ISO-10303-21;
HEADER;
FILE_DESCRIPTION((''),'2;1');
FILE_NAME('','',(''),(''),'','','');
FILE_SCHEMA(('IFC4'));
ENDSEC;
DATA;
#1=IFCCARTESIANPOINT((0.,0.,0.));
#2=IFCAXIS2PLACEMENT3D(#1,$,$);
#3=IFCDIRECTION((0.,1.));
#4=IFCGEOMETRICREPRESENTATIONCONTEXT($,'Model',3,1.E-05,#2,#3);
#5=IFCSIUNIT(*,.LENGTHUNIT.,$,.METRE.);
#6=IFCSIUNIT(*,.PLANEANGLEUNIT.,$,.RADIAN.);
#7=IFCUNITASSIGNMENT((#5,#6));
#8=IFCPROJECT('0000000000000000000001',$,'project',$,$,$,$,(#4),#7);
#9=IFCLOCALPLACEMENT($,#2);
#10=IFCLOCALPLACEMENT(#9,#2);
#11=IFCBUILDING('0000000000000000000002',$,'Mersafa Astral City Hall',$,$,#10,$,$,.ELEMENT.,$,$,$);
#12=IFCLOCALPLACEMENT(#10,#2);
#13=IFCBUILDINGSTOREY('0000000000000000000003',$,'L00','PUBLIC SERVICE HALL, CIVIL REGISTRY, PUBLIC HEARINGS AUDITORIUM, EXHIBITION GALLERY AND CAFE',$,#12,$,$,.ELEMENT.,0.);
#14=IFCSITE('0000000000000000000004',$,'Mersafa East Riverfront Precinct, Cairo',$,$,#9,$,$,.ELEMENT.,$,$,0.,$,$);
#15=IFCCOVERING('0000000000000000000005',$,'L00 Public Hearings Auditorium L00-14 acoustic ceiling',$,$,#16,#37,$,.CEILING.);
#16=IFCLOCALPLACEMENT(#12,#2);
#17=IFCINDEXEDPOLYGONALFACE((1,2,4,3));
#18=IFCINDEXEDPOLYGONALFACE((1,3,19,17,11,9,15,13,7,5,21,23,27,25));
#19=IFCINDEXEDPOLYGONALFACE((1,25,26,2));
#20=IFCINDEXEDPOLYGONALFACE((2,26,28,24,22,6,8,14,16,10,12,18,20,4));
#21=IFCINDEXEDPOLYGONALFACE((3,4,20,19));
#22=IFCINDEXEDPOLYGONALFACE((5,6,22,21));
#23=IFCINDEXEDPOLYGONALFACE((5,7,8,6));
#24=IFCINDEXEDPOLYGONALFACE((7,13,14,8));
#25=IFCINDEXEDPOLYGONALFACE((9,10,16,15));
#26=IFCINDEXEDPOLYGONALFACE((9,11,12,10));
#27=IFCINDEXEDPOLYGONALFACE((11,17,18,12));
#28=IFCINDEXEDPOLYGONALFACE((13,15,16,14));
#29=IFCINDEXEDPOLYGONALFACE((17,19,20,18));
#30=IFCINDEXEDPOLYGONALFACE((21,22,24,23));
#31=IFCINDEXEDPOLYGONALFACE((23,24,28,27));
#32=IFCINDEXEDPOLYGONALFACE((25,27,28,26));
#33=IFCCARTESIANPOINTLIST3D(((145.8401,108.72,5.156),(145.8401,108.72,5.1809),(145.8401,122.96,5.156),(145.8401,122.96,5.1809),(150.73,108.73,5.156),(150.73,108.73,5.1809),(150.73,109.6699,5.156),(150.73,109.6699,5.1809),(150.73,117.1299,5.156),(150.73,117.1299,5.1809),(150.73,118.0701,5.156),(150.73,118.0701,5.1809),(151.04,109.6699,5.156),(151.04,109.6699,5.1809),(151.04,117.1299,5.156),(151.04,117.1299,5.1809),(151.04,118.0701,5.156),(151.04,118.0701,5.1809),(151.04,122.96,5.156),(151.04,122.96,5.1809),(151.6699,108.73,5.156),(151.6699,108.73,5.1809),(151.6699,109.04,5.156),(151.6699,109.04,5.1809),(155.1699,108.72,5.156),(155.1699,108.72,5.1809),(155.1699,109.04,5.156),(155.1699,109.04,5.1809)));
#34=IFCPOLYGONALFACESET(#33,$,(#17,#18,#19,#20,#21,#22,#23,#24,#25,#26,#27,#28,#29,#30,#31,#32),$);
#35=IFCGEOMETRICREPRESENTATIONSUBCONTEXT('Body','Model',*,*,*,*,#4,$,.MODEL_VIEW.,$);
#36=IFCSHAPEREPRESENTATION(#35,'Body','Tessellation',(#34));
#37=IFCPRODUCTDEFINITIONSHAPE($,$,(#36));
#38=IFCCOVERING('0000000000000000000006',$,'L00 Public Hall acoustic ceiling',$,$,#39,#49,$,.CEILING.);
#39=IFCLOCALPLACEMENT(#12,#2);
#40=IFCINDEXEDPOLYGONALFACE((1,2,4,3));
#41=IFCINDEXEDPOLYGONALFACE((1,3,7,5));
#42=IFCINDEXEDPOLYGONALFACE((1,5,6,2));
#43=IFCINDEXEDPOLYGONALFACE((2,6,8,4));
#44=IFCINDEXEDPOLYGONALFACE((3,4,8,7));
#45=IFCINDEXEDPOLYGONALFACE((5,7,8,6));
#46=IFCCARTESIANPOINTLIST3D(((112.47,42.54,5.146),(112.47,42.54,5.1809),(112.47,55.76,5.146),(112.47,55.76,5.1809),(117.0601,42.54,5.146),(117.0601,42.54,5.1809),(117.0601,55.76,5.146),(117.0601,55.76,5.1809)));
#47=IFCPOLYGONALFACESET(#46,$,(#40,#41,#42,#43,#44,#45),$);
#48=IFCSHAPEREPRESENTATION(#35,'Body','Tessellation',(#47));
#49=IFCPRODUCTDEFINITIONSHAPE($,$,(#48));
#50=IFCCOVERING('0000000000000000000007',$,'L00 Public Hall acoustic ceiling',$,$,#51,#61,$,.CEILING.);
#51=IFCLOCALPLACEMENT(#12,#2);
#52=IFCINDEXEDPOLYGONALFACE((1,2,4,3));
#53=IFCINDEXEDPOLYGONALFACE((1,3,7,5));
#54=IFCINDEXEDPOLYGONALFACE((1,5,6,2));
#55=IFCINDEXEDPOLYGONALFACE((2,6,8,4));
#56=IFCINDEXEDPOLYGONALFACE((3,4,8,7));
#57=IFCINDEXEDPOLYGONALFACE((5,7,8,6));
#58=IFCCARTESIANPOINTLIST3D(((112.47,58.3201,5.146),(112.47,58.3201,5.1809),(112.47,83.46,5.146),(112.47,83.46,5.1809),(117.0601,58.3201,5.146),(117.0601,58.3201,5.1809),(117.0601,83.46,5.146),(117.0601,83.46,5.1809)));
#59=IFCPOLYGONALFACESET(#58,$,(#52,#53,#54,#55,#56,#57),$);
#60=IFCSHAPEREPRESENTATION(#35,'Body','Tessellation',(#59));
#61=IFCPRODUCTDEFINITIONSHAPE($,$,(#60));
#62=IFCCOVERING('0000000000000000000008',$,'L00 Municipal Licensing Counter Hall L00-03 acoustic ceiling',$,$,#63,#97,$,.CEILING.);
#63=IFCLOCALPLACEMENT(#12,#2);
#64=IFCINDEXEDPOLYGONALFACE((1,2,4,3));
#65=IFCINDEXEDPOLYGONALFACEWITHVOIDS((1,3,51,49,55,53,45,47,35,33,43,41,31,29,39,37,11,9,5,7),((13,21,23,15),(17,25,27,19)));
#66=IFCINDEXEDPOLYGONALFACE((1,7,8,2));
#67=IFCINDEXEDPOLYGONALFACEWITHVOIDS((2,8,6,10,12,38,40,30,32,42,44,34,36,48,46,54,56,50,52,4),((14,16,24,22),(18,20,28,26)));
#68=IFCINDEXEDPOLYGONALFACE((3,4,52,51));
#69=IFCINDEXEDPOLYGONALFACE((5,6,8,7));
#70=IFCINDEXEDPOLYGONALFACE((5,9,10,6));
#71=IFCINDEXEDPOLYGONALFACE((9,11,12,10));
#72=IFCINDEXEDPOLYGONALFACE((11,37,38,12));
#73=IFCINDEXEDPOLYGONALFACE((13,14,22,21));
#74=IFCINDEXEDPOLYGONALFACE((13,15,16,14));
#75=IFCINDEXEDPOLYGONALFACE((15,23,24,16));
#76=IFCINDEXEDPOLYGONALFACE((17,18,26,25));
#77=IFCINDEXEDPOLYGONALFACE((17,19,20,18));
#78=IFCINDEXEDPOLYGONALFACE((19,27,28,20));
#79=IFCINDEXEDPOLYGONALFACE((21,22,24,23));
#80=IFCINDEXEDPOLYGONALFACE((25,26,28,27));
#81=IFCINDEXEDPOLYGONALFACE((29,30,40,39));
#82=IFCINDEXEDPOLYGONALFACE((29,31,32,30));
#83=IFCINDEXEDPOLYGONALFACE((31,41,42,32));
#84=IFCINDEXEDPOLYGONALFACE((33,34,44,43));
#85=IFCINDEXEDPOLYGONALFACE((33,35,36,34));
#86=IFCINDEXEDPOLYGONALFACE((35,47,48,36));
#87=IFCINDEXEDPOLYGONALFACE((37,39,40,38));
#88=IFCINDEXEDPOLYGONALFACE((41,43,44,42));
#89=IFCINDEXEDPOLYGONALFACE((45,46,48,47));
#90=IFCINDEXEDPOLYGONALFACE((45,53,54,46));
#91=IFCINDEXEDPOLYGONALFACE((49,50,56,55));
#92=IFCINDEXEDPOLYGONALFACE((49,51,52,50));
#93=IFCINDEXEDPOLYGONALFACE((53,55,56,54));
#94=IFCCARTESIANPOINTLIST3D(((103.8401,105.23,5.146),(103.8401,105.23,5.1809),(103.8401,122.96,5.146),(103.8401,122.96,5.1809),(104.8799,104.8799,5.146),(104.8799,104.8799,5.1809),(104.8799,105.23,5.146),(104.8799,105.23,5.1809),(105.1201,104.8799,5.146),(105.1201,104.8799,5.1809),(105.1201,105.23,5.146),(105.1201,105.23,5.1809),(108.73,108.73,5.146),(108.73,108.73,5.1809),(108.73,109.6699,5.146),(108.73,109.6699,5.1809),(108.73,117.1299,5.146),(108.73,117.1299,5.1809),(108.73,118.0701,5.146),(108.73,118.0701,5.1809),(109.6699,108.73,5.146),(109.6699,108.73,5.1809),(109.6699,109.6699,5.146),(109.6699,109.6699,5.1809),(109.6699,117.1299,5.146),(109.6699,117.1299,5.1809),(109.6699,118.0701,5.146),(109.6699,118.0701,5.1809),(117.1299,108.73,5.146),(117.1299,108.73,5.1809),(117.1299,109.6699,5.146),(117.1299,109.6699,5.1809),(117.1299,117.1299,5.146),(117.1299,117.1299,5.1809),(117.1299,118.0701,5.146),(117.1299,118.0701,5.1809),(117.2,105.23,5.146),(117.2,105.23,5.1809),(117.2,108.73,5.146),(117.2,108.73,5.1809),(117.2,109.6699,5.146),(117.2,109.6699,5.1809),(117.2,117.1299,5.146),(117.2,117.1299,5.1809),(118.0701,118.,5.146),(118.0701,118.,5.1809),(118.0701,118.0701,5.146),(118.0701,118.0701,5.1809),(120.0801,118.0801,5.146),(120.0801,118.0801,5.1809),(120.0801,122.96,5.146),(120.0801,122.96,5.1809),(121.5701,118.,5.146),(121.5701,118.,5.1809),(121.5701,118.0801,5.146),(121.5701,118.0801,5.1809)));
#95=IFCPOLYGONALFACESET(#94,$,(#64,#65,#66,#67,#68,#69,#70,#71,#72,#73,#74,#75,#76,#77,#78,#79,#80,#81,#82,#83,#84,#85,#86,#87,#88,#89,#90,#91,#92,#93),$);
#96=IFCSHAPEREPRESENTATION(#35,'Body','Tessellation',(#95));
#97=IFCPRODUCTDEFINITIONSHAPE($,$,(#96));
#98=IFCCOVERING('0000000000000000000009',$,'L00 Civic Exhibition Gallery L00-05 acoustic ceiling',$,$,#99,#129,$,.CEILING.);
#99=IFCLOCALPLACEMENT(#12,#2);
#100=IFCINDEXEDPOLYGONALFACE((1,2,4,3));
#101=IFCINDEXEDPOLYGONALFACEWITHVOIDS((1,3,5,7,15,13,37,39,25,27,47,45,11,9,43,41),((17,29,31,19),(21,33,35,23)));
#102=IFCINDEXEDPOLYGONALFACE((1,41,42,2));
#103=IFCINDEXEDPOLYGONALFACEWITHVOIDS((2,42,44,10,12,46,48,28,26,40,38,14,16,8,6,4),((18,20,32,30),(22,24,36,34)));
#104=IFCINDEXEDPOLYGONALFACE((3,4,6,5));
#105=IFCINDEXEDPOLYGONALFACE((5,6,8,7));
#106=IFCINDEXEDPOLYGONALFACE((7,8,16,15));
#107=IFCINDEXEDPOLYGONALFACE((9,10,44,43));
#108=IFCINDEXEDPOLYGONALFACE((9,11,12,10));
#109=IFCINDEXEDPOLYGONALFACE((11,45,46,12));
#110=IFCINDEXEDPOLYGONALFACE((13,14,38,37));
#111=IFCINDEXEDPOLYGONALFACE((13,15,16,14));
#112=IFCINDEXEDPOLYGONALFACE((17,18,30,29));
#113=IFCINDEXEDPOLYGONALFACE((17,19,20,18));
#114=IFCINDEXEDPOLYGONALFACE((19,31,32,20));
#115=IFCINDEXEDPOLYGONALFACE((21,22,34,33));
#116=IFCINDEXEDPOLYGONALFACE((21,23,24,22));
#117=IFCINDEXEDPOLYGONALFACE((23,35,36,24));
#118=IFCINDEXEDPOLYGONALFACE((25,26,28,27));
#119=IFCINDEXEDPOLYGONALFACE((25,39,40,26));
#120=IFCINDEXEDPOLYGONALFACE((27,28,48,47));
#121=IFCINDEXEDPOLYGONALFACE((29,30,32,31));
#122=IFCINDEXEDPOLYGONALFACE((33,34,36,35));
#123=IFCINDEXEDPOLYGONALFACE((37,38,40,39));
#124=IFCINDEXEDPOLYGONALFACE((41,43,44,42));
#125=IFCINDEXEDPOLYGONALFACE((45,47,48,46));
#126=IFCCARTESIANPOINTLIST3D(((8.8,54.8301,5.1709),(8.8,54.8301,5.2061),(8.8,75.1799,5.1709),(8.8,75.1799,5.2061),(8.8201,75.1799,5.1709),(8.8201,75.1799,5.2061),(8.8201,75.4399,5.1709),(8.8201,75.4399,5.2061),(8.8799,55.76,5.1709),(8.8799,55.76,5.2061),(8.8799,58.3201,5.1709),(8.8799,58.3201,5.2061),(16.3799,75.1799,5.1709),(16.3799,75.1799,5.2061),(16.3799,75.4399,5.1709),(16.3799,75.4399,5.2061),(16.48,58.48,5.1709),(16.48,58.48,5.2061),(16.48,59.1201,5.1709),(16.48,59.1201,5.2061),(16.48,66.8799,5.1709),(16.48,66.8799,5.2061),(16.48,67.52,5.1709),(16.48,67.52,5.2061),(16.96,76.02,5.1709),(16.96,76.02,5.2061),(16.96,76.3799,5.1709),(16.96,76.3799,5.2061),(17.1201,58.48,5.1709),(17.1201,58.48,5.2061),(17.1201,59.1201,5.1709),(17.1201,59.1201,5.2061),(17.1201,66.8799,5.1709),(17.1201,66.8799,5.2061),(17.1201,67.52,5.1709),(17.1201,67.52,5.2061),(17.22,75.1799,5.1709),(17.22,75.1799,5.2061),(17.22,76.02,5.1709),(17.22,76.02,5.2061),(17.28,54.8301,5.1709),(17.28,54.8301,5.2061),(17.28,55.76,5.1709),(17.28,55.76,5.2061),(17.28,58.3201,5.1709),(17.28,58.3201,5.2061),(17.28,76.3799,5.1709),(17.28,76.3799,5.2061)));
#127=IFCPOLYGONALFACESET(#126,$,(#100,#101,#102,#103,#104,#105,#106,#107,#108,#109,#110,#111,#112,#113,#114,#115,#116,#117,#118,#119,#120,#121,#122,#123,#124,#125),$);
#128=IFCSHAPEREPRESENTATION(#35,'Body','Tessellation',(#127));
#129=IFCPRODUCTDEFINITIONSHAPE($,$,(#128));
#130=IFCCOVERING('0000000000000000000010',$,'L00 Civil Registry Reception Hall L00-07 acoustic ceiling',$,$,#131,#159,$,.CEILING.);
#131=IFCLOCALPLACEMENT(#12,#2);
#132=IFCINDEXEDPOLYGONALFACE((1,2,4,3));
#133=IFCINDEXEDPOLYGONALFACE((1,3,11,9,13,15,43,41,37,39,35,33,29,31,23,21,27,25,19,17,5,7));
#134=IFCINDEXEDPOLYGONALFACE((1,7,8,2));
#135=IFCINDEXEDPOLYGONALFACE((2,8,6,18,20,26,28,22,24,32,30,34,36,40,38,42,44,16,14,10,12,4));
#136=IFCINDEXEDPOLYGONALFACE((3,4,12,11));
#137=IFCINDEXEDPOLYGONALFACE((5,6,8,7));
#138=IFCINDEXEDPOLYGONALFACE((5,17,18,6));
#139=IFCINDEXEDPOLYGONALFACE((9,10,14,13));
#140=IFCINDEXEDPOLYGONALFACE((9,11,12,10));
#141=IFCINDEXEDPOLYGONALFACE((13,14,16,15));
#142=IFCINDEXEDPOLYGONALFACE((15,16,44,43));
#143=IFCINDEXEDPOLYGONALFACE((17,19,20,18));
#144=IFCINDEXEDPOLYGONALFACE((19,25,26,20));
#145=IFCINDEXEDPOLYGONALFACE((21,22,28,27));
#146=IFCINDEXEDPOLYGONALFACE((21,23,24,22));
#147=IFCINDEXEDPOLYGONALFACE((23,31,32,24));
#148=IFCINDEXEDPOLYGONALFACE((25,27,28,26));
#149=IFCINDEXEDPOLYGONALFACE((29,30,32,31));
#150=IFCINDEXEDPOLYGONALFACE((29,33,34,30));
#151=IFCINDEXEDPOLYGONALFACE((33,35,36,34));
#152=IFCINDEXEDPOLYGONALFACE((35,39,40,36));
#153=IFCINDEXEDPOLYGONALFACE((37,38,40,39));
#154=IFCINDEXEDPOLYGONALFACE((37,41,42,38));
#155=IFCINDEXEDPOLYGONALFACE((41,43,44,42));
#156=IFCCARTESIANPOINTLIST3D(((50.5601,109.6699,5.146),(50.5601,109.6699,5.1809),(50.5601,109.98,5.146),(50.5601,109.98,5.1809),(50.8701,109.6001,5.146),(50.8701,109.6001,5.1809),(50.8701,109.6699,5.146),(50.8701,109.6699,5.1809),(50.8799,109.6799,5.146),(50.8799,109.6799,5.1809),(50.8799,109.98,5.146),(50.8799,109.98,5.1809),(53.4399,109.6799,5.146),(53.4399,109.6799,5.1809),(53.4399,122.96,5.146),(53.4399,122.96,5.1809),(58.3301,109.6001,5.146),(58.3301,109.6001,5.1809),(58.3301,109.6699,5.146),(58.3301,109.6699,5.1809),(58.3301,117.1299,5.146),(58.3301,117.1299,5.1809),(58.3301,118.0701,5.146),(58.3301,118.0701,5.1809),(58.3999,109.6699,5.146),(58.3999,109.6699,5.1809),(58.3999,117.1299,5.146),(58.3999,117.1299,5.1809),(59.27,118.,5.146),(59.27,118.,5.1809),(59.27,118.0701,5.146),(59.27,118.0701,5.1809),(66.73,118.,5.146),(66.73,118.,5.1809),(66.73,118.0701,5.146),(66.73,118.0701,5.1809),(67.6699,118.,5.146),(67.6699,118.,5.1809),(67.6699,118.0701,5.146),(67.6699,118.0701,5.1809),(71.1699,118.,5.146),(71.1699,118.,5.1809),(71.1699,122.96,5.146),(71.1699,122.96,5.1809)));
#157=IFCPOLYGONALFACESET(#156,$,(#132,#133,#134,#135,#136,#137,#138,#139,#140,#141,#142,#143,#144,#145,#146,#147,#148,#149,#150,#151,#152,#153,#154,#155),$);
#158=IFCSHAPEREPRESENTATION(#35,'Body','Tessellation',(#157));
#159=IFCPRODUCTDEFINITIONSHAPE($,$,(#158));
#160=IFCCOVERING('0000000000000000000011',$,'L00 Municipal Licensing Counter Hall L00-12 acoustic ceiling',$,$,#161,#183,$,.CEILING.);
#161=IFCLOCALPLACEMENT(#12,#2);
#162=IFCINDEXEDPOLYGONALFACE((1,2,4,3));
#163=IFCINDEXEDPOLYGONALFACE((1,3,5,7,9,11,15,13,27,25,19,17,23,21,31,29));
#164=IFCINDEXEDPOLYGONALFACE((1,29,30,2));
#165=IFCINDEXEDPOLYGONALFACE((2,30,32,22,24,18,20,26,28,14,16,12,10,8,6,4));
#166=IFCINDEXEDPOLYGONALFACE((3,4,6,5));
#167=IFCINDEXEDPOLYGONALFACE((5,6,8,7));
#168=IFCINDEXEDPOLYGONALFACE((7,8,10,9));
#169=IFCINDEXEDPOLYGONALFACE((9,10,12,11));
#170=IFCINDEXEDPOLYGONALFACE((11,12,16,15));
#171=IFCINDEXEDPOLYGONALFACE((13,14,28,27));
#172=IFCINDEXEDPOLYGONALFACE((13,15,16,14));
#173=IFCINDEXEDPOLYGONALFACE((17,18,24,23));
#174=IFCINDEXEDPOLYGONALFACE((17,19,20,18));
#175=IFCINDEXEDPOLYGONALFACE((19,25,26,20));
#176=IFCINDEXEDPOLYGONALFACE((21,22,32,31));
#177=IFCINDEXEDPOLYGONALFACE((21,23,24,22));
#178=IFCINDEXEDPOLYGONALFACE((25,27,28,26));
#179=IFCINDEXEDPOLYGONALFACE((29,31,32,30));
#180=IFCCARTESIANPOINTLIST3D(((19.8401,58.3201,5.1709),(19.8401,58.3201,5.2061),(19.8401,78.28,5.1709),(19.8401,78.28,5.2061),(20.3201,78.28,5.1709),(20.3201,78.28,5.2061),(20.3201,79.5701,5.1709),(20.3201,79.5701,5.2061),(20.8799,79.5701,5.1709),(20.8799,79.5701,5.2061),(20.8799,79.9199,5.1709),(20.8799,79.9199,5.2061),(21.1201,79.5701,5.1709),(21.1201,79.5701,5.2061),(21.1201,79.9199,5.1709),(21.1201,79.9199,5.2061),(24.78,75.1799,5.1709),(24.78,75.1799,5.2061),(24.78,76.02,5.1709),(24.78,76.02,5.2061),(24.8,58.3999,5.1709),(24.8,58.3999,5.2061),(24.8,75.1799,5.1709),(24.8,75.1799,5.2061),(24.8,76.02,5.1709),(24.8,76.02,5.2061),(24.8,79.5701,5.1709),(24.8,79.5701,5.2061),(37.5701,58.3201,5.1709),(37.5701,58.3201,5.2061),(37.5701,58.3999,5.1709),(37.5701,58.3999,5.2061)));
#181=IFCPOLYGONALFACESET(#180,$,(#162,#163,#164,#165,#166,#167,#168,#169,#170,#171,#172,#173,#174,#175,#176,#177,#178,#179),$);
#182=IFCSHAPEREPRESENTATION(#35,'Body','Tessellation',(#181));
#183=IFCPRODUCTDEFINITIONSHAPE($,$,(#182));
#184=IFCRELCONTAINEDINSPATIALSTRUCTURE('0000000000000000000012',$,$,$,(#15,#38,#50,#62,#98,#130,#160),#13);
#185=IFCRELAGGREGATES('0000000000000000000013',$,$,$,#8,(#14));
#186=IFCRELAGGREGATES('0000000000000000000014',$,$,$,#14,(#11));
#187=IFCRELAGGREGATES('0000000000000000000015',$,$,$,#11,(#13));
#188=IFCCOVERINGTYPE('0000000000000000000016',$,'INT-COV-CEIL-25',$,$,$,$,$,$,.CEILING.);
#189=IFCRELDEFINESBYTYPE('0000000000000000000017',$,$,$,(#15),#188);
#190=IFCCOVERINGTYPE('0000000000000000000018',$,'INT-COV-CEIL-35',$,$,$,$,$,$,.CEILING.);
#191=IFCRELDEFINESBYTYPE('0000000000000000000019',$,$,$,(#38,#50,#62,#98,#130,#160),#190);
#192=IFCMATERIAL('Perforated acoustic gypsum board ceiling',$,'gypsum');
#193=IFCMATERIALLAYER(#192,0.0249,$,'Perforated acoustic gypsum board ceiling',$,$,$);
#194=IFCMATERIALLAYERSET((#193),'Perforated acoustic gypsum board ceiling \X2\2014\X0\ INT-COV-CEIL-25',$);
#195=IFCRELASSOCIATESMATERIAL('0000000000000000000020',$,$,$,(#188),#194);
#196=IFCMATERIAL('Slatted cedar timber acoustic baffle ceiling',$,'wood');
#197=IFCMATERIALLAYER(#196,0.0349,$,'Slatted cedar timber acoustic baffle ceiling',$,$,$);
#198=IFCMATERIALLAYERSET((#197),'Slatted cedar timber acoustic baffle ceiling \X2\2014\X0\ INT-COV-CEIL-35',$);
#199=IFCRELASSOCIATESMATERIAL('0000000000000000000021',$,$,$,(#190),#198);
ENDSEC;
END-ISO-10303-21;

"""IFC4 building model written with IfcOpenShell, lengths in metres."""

from ifc_helpers import new_model, si_unit, direction, frame, origin, place, context, subcontext, project, spatial, polyline, outline, extrude, material, layer, layer_set, type_object, element, save


model = new_model("IFC4")

# Units and contexts
model_context = context("Model", 3, precision=1e-05, world=origin(), true_north=direction((0.0, 1.0)))
body_context = subcontext(model_context, "Body", "Model", "MODEL_VIEW")
ifc_project = project(units=[si_unit("LENGTHUNIT", "METRE"), si_unit("PLANEANGLEUNIT", "RADIAN")], contexts=[model_context])

# Site, building, storey
site_placement = place(None, origin())
site = spatial("IfcSite", under=ifc_project, at=site_placement, Name="Mersafa East Riverfront Precinct, Cairo", CompositionType="ELEMENT", RefElevation=0.0)
building_placement = place(site_placement, origin())
building = spatial("IfcBuilding", under=site, at=building_placement, Name="Mersafa Astral City Hall", CompositionType="ELEMENT")
storey_placement = place(building_placement, origin())
storey = spatial("IfcBuildingStorey", under=building, at=storey_placement, Name="L00", Description="PUBLIC SERVICE HALL, CIVIL REGISTRY, PUBLIC HEARINGS AUDITORIUM, EXHIBITION GALLERY AND CAFE", CompositionType="ELEMENT", Elevation=0.0)

# Coverings
ifc_material_1 = material(Name="Perforated acoustic gypsum board ceiling", Category="gypsum")
ifc_layer_1 = layer(ifc_material_1, 0.0249, Name="Perforated acoustic gypsum board ceiling")
ifc_layer_set_1 = layer_set([ifc_layer_1], Name="Perforated acoustic gypsum board ceiling — INT-COV-CEIL-25")
covering_type_1 = type_object("IfcCoveringType", Name="INT-COV-CEIL-25", PredefinedType="CEILING", material=ifc_layer_set_1)
covering_1_placement = place(storey_placement, frame((0.0, 0.0, 5.156)))
element("IfcCovering", 1, at=covering_1_placement, inside=storey, type_object=covering_type_1, Name="L00 Public Hearings Auditorium L00-14 acoustic ceiling", PredefinedType="CEILING", context=body_context, shape_type="SweptSolid", body=[
    extrude(outline(polyline([(151.04, 122.96), (151.04, 118.0701), (150.73, 118.0701), (150.73, 117.1299), (151.04, 117.1299), (151.04, 109.6699), (150.73, 109.6699), (150.73, 108.73), (151.6699, 108.73), (151.6699, 109.04), (155.1699, 109.04), (155.1699, 108.72), (145.8401, 108.72), (145.8401, 122.96), (151.04, 122.96)])), origin(), (0.0, 0.0, 1.0), 0.0249),
])
ifc_material_2 = material(Name="Slatted cedar timber acoustic baffle ceiling", Category="wood")
ifc_layer_2 = layer(ifc_material_2, 0.0349, Name="Slatted cedar timber acoustic baffle ceiling")
ifc_layer_set_2 = layer_set([ifc_layer_2], Name="Slatted cedar timber acoustic baffle ceiling — INT-COV-CEIL-35")
covering_type_2 = type_object("IfcCoveringType", Name="INT-COV-CEIL-35", PredefinedType="CEILING", material=ifc_layer_set_2)
covering_2_placement = place(storey_placement, frame((0.0, 0.0, 5.146)))
element("IfcCovering", 2, at=covering_2_placement, inside=storey, type_object=covering_type_2, Name="L00 Public Hall acoustic ceiling", PredefinedType="CEILING", context=body_context, shape_type="SweptSolid", body=[
    extrude(outline(polyline([(112.47, 42.54), (112.47, 55.76), (117.0601, 55.76), (117.0601, 42.54), (112.47, 42.54)])), origin(), (0.0, 0.0, 1.0), 0.0349),
])
covering_3_placement = place(storey_placement, frame((0.0, 0.0, 5.146)))
element("IfcCovering", 3, at=covering_3_placement, inside=storey, type_object=covering_type_2, Name="L00 Public Hall acoustic ceiling", PredefinedType="CEILING", context=body_context, shape_type="SweptSolid", body=[
    extrude(outline(polyline([(112.47, 58.3201), (112.47, 83.46), (117.0601, 83.46), (117.0601, 58.3201), (112.47, 58.3201)])), origin(), (0.0, 0.0, 1.0), 0.0349),
])
covering_4_placement = place(storey_placement, frame((0.0, 0.0, 5.146)))
element("IfcCovering", 4, at=covering_4_placement, inside=storey, type_object=covering_type_2, Name="L00 Municipal Licensing Counter Hall L00-03 acoustic ceiling", PredefinedType="CEILING", context=body_context, shape_type="SweptSolid", body=[
    extrude(outline(polyline([(117.2, 105.23), (105.1201, 105.23), (105.1201, 104.8799), (104.8799, 104.8799), (104.8799, 105.23), (103.8401, 105.23), (103.8401, 122.96), (120.0801, 122.96), (120.0801, 118.0801), (121.5701, 118.0801), (121.5701, 118.0), (118.0701, 118.0), (118.0701, 118.0701), (117.1299, 118.0701), (117.1299, 117.1299), (117.2, 117.1299), (117.2, 109.6699), (117.1299, 109.6699), (117.1299, 108.73), (117.2, 108.73), (117.2, 105.23)]), holes=[polyline([(109.6699, 108.73), (109.6699, 109.6699), (108.73, 109.6699), (108.73, 108.73), (109.6699, 108.73)]), polyline([(108.73, 117.1299), (109.6699, 117.1299), (109.6699, 118.0701), (108.73, 118.0701), (108.73, 117.1299)])]), origin(), (0.0, 0.0, 1.0), 0.0349),
])
covering_5_placement = place(storey_placement, frame((0.0, 0.0, 5.1709)))
element("IfcCovering", 5, at=covering_5_placement, inside=storey, type_object=covering_type_2, Name="L00 Civic Exhibition Gallery L00-05 acoustic ceiling", PredefinedType="CEILING", context=body_context, shape_type="SweptSolid", body=[
    extrude(outline(polyline([(8.8201, 75.1799), (8.8201, 75.4399), (16.3799, 75.4399), (16.3799, 75.1799), (17.22, 75.1799), (17.22, 76.02), (16.96, 76.02), (16.96, 76.3799), (17.28, 76.3799), (17.28, 58.3201), (8.8799, 58.3201), (8.8799, 55.76), (17.28, 55.76), (17.28, 54.8301), (8.8, 54.8301), (8.8, 75.1799), (8.8201, 75.1799)]), holes=[polyline([(16.48, 58.48), (17.1201, 58.48), (17.1201, 59.1201), (16.48, 59.1201), (16.48, 58.48)]), polyline([(16.48, 66.8799), (17.1201, 66.8799), (17.1201, 67.52), (16.48, 67.52), (16.48, 66.8799)])]), origin(), (0.0, 0.0, 1.0), 0.0352),
])
covering_6_placement = place(storey_placement, frame((0.0, 0.0, 5.146)))
element("IfcCovering", 6, at=covering_6_placement, inside=storey, type_object=covering_type_2, Name="L00 Civil Registry Reception Hall L00-07 acoustic ceiling", PredefinedType="CEILING", context=body_context, shape_type="SweptSolid", body=[
    extrude(outline(polyline([(50.8701, 109.6699), (50.5601, 109.6699), (50.5601, 109.98), (50.8799, 109.98), (50.8799, 109.6799), (53.4399, 109.6799), (53.4399, 122.96), (71.1699, 122.96), (71.1699, 118.0), (67.6699, 118.0), (67.6699, 118.0701), (66.73, 118.0701), (66.73, 118.0), (59.27, 118.0), (59.27, 118.0701), (58.3301, 118.0701), (58.3301, 117.1299), (58.3999, 117.1299), (58.3999, 109.6699), (58.3301, 109.6699), (58.3301, 109.6001), (50.8701, 109.6001), (50.8701, 109.6699)])), origin(), (0.0, 0.0, 1.0), 0.0349),
])
covering_7_placement = place(storey_placement, frame((0.0, 0.0, 5.1709)))
element("IfcCovering", 7, at=covering_7_placement, inside=storey, type_object=covering_type_2, Name="L00 Municipal Licensing Counter Hall L00-12 acoustic ceiling", PredefinedType="CEILING", context=body_context, shape_type="SweptSolid", body=[
    extrude(outline(polyline([(20.8799, 79.5701), (20.8799, 79.9199), (21.1201, 79.9199), (21.1201, 79.5701), (24.8, 79.5701), (24.8, 76.02), (24.78, 76.02), (24.78, 75.1799), (24.8, 75.1799), (24.8, 58.3999), (37.5701, 58.3999), (37.5701, 58.3201), (19.8401, 58.3201), (19.8401, 78.28), (20.3201, 78.28), (20.3201, 79.5701), (20.8799, 79.5701)])), origin(), (0.0, 0.0, 1.0), 0.0352),
])

save(model, "model.ifc")
